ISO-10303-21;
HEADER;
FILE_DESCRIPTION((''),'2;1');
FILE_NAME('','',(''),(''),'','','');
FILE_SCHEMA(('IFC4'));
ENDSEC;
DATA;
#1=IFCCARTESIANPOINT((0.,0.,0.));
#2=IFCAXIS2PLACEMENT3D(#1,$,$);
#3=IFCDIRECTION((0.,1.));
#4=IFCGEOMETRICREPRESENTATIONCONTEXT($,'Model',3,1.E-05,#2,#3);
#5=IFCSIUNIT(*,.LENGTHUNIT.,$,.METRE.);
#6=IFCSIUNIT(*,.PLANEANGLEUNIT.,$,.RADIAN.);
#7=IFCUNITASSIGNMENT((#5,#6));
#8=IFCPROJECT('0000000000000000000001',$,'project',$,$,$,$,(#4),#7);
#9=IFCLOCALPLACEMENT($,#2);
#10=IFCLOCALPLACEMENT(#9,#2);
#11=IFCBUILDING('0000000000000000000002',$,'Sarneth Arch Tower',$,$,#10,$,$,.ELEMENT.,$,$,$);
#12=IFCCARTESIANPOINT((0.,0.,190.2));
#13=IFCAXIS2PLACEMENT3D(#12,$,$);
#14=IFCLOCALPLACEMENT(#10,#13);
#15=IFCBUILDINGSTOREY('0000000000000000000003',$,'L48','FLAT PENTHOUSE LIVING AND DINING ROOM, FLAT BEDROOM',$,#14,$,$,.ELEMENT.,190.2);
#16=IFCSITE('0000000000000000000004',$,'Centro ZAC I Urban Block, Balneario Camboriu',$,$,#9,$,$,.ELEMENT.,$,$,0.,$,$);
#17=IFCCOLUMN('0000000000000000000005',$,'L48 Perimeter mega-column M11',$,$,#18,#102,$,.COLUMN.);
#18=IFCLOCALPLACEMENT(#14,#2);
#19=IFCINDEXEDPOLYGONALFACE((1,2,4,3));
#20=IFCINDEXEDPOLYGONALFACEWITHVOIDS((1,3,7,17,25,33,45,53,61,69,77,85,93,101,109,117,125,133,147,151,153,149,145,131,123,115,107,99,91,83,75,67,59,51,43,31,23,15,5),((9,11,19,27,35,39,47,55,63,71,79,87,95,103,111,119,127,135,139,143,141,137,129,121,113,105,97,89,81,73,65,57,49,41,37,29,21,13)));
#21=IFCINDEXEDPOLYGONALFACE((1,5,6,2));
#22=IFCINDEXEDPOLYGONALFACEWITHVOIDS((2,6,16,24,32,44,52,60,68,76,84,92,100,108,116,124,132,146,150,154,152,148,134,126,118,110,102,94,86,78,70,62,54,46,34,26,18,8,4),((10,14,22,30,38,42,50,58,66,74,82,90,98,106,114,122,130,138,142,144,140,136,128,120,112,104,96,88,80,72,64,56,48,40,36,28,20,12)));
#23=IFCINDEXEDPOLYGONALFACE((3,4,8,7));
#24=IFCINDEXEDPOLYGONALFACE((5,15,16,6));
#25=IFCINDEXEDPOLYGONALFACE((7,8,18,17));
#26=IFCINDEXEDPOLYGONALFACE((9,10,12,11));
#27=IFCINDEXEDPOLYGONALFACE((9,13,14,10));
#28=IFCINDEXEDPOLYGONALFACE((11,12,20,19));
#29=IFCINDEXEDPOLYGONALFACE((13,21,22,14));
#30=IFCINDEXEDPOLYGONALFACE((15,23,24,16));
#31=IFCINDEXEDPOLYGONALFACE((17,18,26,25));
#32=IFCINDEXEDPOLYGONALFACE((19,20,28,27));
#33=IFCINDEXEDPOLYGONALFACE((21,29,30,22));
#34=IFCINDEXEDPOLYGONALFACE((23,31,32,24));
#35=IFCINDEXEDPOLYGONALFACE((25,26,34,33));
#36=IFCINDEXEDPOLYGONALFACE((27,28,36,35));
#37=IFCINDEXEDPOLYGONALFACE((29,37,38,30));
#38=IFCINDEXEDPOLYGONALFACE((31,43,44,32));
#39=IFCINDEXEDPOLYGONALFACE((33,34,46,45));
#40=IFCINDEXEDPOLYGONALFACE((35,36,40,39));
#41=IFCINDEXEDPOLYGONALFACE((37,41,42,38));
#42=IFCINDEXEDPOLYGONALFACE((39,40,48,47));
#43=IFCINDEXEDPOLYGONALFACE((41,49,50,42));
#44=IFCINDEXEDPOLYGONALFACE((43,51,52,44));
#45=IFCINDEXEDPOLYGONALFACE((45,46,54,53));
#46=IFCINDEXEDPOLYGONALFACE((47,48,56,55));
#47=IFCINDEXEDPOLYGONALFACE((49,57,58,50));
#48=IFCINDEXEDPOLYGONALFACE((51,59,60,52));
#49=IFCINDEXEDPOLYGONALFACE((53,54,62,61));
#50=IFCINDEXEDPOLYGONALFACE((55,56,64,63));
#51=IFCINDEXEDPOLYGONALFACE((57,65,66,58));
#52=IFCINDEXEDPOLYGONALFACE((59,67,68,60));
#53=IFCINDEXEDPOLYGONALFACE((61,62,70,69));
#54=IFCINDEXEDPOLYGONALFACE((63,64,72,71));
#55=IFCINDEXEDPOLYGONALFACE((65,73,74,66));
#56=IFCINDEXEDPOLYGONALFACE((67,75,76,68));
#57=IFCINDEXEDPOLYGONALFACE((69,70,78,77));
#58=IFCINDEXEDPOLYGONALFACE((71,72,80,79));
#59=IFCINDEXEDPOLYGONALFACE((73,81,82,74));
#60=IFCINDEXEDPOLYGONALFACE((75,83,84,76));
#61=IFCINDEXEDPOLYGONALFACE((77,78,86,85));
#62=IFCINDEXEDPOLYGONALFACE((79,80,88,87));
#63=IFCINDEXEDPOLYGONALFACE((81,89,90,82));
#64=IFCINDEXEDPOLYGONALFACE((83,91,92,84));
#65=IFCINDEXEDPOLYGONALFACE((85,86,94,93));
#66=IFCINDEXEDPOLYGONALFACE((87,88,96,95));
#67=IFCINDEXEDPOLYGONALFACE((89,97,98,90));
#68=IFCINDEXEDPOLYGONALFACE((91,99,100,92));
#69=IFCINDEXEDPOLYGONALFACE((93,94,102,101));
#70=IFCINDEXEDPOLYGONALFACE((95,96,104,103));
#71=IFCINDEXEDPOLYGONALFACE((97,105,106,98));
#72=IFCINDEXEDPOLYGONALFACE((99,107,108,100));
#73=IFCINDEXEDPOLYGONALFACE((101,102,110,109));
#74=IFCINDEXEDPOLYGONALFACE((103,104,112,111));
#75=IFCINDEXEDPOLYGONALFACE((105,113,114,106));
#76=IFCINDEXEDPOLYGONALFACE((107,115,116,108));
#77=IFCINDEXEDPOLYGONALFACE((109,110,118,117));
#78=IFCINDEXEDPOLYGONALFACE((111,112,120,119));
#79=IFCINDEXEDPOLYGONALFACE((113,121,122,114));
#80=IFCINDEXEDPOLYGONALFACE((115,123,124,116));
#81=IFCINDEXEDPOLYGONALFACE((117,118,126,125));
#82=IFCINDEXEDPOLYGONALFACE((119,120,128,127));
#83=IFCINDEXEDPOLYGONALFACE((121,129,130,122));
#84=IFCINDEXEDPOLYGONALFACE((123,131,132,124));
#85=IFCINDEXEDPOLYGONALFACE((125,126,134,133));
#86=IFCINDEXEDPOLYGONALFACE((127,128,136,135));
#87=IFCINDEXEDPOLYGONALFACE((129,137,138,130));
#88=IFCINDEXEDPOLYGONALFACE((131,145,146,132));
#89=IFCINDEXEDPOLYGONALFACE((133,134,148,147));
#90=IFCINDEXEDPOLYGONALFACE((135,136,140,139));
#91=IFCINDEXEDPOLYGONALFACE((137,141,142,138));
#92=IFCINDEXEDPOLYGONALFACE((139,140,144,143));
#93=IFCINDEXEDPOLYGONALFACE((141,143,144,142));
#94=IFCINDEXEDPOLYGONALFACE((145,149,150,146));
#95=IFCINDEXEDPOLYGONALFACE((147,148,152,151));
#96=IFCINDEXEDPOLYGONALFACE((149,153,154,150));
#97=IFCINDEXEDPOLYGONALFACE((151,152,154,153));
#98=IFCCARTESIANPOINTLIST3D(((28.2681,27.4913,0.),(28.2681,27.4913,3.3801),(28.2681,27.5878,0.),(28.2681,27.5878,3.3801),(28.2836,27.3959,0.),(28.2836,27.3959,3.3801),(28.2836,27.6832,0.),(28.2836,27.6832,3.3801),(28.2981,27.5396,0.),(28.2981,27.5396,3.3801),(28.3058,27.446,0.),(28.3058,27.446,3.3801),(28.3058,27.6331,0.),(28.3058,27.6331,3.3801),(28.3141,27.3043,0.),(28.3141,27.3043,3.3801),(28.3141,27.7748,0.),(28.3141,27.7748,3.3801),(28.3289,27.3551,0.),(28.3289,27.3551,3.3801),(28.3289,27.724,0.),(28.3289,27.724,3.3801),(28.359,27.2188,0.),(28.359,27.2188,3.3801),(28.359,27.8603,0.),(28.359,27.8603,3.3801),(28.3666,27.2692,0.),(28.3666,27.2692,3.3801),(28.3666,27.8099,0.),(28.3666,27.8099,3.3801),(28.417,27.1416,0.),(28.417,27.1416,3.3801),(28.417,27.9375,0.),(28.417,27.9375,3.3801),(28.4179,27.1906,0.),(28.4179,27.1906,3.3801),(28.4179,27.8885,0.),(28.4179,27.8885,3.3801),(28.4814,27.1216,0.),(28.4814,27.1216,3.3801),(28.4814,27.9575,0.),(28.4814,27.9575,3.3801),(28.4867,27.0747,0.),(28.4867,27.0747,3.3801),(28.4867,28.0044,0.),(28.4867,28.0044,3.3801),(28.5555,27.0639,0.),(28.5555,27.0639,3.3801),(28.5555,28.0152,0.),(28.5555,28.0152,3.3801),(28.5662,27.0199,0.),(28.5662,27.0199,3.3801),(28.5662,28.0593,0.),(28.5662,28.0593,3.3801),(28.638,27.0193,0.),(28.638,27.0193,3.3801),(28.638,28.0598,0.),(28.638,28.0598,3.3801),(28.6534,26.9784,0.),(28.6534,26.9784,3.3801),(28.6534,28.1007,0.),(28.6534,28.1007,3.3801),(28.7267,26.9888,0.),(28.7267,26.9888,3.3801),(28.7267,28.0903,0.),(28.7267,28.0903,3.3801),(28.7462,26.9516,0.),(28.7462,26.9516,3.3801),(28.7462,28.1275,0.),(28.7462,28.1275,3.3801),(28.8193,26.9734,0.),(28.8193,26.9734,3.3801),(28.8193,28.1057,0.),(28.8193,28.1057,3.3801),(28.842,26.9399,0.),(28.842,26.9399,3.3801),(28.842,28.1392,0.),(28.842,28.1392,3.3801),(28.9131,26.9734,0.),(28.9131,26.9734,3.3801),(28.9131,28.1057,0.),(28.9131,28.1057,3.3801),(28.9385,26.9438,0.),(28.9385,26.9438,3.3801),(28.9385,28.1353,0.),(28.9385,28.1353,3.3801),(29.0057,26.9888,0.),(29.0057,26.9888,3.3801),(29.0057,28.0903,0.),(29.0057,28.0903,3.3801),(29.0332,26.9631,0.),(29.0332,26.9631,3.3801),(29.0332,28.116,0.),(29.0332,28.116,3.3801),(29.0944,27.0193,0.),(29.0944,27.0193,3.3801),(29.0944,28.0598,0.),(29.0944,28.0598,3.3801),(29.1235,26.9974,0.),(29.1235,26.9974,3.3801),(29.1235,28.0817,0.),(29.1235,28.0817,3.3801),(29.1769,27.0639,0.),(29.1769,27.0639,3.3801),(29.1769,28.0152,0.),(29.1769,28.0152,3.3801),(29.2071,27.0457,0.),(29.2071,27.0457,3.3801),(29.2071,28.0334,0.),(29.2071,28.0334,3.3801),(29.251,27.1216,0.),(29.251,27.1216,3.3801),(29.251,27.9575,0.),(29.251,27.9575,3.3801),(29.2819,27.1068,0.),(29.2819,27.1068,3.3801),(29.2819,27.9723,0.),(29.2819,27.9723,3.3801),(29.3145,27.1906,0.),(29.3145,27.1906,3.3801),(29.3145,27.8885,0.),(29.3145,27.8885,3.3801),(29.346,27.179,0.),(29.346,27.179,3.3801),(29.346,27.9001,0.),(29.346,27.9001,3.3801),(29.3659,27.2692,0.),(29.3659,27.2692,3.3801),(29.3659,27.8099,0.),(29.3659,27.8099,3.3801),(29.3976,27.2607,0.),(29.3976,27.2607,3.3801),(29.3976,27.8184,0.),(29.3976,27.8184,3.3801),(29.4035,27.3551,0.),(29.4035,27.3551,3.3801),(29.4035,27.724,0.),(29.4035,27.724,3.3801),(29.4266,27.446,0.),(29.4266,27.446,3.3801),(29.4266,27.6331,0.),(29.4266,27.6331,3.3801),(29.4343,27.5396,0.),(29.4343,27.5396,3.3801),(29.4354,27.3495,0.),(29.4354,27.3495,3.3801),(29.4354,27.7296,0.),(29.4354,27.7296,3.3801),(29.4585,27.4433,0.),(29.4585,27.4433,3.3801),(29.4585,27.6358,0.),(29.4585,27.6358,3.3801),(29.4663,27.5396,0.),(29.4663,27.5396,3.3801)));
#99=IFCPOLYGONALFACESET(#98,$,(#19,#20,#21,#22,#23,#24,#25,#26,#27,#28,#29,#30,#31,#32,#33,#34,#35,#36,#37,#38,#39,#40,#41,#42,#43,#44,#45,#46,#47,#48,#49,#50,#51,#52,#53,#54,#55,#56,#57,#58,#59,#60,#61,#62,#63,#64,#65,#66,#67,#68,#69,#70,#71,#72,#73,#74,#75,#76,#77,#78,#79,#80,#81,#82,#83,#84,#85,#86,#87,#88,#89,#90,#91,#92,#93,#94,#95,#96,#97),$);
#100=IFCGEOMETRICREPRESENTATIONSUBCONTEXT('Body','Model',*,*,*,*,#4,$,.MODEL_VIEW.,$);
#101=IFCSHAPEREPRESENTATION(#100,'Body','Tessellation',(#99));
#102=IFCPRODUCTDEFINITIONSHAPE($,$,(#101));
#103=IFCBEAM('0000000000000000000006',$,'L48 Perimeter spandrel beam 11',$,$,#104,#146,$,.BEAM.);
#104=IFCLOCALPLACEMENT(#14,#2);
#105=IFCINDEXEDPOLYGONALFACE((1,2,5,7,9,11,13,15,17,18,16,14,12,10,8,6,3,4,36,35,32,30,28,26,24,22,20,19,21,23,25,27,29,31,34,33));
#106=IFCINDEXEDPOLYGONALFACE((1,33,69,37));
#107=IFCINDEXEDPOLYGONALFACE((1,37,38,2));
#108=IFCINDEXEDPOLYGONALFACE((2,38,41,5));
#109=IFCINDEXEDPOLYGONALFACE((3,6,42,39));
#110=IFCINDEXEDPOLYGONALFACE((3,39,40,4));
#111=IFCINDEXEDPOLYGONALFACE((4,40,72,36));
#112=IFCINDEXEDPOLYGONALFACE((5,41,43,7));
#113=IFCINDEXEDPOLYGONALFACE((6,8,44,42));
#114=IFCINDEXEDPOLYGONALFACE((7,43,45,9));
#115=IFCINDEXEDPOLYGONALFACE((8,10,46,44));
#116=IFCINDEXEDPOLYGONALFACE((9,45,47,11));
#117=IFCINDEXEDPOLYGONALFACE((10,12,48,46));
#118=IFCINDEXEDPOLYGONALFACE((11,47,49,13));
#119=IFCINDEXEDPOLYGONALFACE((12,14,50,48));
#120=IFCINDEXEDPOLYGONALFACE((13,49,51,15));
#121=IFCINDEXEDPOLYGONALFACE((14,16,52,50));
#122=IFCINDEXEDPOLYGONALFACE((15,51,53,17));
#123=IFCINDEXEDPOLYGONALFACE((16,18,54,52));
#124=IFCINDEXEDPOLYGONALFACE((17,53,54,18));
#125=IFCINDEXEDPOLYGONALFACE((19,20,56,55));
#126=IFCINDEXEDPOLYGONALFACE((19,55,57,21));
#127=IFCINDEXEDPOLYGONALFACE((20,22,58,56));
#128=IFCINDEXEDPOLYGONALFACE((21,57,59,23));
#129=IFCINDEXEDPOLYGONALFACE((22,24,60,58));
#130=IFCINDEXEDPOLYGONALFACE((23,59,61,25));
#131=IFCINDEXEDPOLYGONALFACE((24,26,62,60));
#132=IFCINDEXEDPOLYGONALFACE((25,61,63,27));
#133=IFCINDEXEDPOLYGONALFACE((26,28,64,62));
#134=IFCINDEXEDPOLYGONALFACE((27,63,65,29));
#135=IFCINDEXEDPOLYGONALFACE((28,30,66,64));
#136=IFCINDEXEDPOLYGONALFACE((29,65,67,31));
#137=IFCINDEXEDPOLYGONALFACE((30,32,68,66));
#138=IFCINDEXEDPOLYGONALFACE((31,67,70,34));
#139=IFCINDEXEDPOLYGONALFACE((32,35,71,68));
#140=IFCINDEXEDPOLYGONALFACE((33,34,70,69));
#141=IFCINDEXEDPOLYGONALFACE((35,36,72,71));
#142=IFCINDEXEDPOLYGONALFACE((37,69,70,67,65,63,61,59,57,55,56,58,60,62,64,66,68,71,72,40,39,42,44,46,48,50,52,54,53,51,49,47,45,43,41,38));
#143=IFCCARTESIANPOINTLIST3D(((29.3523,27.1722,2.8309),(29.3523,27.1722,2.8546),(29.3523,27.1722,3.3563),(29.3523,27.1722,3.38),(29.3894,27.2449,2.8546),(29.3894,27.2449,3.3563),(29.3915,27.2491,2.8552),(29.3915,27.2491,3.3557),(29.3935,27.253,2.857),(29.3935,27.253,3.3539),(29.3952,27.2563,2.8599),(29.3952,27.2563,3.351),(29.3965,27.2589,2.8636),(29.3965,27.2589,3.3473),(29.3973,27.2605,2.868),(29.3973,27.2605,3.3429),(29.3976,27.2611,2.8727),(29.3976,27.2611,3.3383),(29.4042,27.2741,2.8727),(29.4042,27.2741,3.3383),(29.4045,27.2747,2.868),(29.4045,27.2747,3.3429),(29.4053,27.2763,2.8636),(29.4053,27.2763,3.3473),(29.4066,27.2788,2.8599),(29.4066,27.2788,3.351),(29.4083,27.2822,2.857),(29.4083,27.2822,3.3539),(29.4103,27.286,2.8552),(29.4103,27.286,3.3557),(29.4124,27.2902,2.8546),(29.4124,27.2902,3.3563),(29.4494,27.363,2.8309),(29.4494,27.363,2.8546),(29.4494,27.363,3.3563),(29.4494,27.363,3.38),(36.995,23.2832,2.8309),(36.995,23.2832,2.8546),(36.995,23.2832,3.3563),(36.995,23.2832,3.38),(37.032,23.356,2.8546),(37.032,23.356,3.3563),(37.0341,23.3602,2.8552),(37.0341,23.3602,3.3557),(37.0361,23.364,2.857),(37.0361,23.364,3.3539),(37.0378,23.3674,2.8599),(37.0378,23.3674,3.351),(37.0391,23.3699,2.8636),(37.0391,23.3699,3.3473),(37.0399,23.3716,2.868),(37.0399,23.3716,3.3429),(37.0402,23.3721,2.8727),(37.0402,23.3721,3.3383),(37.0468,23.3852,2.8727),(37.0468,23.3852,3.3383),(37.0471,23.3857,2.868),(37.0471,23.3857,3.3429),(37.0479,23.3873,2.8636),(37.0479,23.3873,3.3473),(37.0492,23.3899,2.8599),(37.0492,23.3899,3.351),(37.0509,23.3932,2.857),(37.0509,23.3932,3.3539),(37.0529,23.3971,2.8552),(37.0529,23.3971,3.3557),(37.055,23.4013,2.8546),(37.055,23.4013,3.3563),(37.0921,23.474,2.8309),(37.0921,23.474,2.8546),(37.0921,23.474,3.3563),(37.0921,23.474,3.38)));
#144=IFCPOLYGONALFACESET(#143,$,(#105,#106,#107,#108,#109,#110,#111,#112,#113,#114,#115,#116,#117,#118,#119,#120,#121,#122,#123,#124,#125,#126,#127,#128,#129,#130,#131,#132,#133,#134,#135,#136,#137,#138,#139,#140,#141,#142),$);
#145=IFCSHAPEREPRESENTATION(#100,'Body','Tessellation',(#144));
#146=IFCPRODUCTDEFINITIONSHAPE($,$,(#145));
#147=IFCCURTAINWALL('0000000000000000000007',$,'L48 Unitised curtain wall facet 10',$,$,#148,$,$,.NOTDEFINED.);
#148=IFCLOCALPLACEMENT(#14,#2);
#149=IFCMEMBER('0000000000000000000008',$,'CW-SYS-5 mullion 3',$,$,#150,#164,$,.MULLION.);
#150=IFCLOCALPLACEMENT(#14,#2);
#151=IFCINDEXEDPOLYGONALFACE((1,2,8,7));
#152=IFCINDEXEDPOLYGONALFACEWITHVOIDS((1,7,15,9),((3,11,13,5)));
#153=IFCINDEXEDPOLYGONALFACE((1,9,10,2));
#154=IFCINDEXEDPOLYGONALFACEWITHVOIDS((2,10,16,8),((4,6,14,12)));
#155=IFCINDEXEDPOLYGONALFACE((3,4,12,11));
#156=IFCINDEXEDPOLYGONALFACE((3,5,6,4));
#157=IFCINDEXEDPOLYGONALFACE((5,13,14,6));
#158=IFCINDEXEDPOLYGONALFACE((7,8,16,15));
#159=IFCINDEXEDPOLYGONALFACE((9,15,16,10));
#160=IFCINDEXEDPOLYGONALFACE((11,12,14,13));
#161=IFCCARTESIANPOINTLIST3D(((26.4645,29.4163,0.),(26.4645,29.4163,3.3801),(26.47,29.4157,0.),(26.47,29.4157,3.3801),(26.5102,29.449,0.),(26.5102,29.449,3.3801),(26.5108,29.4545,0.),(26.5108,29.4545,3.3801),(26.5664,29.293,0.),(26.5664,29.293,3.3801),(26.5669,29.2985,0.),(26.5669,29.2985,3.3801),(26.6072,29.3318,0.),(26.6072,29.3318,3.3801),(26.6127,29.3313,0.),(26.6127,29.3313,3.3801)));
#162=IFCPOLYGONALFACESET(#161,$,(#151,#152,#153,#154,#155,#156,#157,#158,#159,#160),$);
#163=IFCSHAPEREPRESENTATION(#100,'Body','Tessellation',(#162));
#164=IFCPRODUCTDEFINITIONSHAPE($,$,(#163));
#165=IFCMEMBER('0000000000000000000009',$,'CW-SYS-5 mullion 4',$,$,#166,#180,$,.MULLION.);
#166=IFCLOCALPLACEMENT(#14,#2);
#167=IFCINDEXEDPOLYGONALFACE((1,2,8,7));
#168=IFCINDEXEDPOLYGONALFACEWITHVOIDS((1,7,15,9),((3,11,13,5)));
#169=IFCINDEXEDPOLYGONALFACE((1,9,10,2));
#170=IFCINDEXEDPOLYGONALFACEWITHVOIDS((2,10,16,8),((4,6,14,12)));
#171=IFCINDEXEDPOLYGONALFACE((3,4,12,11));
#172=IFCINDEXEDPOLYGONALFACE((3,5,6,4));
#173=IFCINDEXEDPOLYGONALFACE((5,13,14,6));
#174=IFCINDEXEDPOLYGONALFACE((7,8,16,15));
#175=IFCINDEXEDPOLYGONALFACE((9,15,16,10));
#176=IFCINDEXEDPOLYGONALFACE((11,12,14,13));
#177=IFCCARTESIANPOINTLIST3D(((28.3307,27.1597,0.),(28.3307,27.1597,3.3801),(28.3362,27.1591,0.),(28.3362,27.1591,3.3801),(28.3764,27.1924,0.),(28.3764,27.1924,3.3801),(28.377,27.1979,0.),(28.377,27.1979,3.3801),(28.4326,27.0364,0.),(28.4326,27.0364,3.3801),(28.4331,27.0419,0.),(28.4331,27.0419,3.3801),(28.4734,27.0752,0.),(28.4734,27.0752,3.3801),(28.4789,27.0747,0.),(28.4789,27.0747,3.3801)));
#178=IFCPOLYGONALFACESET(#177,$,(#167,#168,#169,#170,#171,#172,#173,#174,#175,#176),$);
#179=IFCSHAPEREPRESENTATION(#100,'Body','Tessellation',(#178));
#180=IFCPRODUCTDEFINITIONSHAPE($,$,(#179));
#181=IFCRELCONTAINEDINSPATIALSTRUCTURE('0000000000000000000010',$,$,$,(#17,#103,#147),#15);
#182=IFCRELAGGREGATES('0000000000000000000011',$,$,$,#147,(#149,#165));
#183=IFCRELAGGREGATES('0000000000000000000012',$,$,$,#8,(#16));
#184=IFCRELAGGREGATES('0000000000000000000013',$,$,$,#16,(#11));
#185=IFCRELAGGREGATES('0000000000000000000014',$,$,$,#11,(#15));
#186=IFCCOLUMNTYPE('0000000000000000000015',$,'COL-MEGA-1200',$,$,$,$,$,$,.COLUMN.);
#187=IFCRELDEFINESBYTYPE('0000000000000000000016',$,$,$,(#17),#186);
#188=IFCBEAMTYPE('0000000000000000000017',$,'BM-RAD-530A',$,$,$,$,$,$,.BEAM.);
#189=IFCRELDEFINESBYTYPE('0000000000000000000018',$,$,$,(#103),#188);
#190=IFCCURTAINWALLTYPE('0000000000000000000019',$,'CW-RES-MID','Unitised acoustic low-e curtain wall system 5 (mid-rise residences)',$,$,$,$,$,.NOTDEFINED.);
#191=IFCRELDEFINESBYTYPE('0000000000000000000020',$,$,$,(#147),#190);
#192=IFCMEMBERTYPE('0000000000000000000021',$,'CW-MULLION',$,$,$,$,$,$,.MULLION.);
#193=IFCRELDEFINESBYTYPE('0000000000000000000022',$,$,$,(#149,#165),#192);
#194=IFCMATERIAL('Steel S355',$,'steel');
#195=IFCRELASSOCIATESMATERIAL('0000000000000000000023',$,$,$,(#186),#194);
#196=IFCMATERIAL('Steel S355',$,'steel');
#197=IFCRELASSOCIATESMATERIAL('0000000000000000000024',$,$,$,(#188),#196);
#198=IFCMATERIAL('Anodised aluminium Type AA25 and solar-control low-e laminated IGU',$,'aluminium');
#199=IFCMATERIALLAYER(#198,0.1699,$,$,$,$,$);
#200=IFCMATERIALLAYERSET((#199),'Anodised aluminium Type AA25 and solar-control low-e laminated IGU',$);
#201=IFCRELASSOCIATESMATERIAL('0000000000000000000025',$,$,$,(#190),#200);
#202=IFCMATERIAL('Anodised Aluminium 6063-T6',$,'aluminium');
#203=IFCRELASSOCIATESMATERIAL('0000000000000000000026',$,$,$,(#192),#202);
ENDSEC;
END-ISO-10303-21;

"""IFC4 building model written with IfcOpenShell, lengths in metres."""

from ifc_helpers import new_model, si_unit, direction, frame, origin, origin_2d, place, context, subcontext, project, spatial, hollow_rectangle, hollow_circle, i_section, extrude, material, layer, layer_set, material_profile, profile_set, type_object, element, aggregate, save


model = new_model("IFC4")

# Units and contexts
model_context = context("Model", 3, precision=1e-05, world=origin(), true_north=direction((0.0, 1.0)))
body_context = subcontext(model_context, "Body", "Model", "MODEL_VIEW")
ifc_project = project(units=[si_unit("LENGTHUNIT", "METRE"), si_unit("PLANEANGLEUNIT", "RADIAN")], contexts=[model_context])

# Site, building, storey
site_placement = place(None, origin())
site = spatial("IfcSite", under=ifc_project, at=site_placement, Name="Centro ZAC I Urban Block, Balneario Camboriu", CompositionType="ELEMENT", RefElevation=0.0)
building_placement = place(site_placement, origin())
building = spatial("IfcBuilding", under=site, at=building_placement, Name="Sarneth Arch Tower", CompositionType="ELEMENT")
storey_placement = place(building_placement, frame((0.0, 0.0, 190.2)))
storey = spatial("IfcBuildingStorey", under=building, at=storey_placement, Name="L48", Description="FLAT PENTHOUSE LIVING AND DINING ROOM, FLAT BEDROOM", CompositionType="ELEMENT", Elevation=190.2)

# Column
ifc_material_1 = material(Name="Steel S355", Category="steel")
ifc_material_profile_1 = material_profile(ifc_material_1, hollow_circle(Radius=0.6001, WallThickness=0.032, at=origin_2d()), Name="CHS1200x32")
ifc_profile_set_1 = profile_set([ifc_material_profile_1], Name="Steel S355")
column_type = type_object("IfcColumnType", Name="COL-MEGA-1200", PredefinedType="COLUMN", material=ifc_profile_set_1)
column_placement = place(storey_placement, frame((28.8662, 27.5396, 0.0), z_axis=(0.0, 0.0, 1.0), x_axis=(1.0, 0.0, 0.0)))
element("IfcColumn", 1, at=column_placement, inside=storey, type_object=column_type, Name="L48 Perimeter mega-column M11", PredefinedType="COLUMN", context=body_context, shape_type="SweptSolid", body=[
    extrude(hollow_circle(Radius=0.6001, WallThickness=0.032, at=origin_2d()), origin(), (0.0, 0.0, 1.0), 3.3801),
])

# Beam
ifc_material_2 = material(Name="Steel S355", Category="steel")
ifc_material_profile_2 = material_profile(ifc_material_2, i_section(OverallWidth=0.2141, OverallDepth=0.5491, WebThickness=0.0146, FlangeThickness=0.0237, FilletRadius=0.0181, at=origin_2d()), Name="W530x138")
ifc_profile_set_2 = profile_set([ifc_material_profile_2], Name="Steel S355")
beam_type = type_object("IfcBeamType", Name="BM-RAD-530A", PredefinedType="BEAM", material=ifc_profile_set_2)
beam_placement = place(storey_placement, frame((29.4009, 27.2676, 3.1055), z_axis=(0.89125, -0.453512, 0.0), x_axis=(0.453512, 0.89125, 0.0)))
element("IfcBeam", 2, at=beam_placement, inside=storey, type_object=beam_type, Name="L48 Perimeter spandrel beam 11", PredefinedType="BEAM", context=body_context, shape_type="SweptSolid", body=[
    extrude(i_section(OverallWidth=0.2141, OverallDepth=0.5491, WebThickness=0.0146, FlangeThickness=0.0237, FilletRadius=0.0181, at=origin_2d()), origin(), (0.0, 0.0, 1.0), 8.5752),
])

# Curtain wall, members
ifc_material_3 = material(Name="Anodised aluminium Type AA25 and solar-control low-e laminated IGU", Category="aluminium")
ifc_layer_1 = layer(ifc_material_3, 0.1699)
ifc_layer_set_1 = layer_set([ifc_layer_1], Name="Anodised aluminium Type AA25 and solar-control low-e laminated IGU")
curtain_wall_type = type_object("IfcCurtainWallType", Name="CW-RES-MID", Description="Unitised acoustic low-e curtain wall system 5 (mid-rise residences)", PredefinedType="NOTDEFINED", material=ifc_layer_set_1)
curtain_wall_placement = place(storey_placement, origin())
curtain_wall = element("IfcCurtainWall", 3, at=curtain_wall_placement, inside=storey, type_object=curtain_wall_type, Name="L48 Unitised curtain wall facet 10", PredefinedType="NOTDEFINED")
ifc_material_4 = material(Name="Anodised Aluminium 6063-T6", Category="aluminium")
ifc_material_profile_3 = material_profile(ifc_material_4, hollow_rectangle(XDim=0.0601, YDim=0.1599, WallThickness=0.0039, at=origin_2d()), Name="AL-MULL-160x60x4")
ifc_profile_set_3 = profile_set([ifc_material_profile_3], Name="Anodised Aluminium 6063-T6")
member_type_1 = type_object("IfcMemberType", Name="CW-MULLION", PredefinedType="MULLION", material=ifc_profile_set_3)
member_1_placement = place(storey_placement, frame((26.5386, 29.3738, 0.0), z_axis=(0.0, 0.0, 1.0), x_axis=(0.770591, 0.63733, 0.0)))
member_1 = element("IfcMember", 4, at=member_1_placement, type_object=member_type_1, Name="CW-SYS-5 mullion 3", PredefinedType="MULLION", context=body_context, shape_type="SweptSolid", body=[
    extrude(hollow_rectangle(XDim=0.0601, YDim=0.1599, WallThickness=0.0039, at=origin_2d()), origin(), (0.0, 0.0, 1.0), 3.3801),
])
member_2_placement = place(storey_placement, frame((28.4048, 27.1172, 0.0), z_axis=(0.0, 0.0, 1.0), x_axis=(0.770591, 0.63733, 0.0)))
member_2 = element("IfcMember", 5, at=member_2_placement, type_object=member_type_1, Name="CW-SYS-5 mullion 4", PredefinedType="MULLION", context=body_context, shape_type="SweptSolid", body=[
    extrude(hollow_rectangle(XDim=0.0601, YDim=0.1599, WallThickness=0.0039, at=origin_2d()), origin(), (0.0, 0.0, 1.0), 3.3801),
])

aggregate(curtain_wall, [member_1, member_2])

save(model, "model.ifc")
